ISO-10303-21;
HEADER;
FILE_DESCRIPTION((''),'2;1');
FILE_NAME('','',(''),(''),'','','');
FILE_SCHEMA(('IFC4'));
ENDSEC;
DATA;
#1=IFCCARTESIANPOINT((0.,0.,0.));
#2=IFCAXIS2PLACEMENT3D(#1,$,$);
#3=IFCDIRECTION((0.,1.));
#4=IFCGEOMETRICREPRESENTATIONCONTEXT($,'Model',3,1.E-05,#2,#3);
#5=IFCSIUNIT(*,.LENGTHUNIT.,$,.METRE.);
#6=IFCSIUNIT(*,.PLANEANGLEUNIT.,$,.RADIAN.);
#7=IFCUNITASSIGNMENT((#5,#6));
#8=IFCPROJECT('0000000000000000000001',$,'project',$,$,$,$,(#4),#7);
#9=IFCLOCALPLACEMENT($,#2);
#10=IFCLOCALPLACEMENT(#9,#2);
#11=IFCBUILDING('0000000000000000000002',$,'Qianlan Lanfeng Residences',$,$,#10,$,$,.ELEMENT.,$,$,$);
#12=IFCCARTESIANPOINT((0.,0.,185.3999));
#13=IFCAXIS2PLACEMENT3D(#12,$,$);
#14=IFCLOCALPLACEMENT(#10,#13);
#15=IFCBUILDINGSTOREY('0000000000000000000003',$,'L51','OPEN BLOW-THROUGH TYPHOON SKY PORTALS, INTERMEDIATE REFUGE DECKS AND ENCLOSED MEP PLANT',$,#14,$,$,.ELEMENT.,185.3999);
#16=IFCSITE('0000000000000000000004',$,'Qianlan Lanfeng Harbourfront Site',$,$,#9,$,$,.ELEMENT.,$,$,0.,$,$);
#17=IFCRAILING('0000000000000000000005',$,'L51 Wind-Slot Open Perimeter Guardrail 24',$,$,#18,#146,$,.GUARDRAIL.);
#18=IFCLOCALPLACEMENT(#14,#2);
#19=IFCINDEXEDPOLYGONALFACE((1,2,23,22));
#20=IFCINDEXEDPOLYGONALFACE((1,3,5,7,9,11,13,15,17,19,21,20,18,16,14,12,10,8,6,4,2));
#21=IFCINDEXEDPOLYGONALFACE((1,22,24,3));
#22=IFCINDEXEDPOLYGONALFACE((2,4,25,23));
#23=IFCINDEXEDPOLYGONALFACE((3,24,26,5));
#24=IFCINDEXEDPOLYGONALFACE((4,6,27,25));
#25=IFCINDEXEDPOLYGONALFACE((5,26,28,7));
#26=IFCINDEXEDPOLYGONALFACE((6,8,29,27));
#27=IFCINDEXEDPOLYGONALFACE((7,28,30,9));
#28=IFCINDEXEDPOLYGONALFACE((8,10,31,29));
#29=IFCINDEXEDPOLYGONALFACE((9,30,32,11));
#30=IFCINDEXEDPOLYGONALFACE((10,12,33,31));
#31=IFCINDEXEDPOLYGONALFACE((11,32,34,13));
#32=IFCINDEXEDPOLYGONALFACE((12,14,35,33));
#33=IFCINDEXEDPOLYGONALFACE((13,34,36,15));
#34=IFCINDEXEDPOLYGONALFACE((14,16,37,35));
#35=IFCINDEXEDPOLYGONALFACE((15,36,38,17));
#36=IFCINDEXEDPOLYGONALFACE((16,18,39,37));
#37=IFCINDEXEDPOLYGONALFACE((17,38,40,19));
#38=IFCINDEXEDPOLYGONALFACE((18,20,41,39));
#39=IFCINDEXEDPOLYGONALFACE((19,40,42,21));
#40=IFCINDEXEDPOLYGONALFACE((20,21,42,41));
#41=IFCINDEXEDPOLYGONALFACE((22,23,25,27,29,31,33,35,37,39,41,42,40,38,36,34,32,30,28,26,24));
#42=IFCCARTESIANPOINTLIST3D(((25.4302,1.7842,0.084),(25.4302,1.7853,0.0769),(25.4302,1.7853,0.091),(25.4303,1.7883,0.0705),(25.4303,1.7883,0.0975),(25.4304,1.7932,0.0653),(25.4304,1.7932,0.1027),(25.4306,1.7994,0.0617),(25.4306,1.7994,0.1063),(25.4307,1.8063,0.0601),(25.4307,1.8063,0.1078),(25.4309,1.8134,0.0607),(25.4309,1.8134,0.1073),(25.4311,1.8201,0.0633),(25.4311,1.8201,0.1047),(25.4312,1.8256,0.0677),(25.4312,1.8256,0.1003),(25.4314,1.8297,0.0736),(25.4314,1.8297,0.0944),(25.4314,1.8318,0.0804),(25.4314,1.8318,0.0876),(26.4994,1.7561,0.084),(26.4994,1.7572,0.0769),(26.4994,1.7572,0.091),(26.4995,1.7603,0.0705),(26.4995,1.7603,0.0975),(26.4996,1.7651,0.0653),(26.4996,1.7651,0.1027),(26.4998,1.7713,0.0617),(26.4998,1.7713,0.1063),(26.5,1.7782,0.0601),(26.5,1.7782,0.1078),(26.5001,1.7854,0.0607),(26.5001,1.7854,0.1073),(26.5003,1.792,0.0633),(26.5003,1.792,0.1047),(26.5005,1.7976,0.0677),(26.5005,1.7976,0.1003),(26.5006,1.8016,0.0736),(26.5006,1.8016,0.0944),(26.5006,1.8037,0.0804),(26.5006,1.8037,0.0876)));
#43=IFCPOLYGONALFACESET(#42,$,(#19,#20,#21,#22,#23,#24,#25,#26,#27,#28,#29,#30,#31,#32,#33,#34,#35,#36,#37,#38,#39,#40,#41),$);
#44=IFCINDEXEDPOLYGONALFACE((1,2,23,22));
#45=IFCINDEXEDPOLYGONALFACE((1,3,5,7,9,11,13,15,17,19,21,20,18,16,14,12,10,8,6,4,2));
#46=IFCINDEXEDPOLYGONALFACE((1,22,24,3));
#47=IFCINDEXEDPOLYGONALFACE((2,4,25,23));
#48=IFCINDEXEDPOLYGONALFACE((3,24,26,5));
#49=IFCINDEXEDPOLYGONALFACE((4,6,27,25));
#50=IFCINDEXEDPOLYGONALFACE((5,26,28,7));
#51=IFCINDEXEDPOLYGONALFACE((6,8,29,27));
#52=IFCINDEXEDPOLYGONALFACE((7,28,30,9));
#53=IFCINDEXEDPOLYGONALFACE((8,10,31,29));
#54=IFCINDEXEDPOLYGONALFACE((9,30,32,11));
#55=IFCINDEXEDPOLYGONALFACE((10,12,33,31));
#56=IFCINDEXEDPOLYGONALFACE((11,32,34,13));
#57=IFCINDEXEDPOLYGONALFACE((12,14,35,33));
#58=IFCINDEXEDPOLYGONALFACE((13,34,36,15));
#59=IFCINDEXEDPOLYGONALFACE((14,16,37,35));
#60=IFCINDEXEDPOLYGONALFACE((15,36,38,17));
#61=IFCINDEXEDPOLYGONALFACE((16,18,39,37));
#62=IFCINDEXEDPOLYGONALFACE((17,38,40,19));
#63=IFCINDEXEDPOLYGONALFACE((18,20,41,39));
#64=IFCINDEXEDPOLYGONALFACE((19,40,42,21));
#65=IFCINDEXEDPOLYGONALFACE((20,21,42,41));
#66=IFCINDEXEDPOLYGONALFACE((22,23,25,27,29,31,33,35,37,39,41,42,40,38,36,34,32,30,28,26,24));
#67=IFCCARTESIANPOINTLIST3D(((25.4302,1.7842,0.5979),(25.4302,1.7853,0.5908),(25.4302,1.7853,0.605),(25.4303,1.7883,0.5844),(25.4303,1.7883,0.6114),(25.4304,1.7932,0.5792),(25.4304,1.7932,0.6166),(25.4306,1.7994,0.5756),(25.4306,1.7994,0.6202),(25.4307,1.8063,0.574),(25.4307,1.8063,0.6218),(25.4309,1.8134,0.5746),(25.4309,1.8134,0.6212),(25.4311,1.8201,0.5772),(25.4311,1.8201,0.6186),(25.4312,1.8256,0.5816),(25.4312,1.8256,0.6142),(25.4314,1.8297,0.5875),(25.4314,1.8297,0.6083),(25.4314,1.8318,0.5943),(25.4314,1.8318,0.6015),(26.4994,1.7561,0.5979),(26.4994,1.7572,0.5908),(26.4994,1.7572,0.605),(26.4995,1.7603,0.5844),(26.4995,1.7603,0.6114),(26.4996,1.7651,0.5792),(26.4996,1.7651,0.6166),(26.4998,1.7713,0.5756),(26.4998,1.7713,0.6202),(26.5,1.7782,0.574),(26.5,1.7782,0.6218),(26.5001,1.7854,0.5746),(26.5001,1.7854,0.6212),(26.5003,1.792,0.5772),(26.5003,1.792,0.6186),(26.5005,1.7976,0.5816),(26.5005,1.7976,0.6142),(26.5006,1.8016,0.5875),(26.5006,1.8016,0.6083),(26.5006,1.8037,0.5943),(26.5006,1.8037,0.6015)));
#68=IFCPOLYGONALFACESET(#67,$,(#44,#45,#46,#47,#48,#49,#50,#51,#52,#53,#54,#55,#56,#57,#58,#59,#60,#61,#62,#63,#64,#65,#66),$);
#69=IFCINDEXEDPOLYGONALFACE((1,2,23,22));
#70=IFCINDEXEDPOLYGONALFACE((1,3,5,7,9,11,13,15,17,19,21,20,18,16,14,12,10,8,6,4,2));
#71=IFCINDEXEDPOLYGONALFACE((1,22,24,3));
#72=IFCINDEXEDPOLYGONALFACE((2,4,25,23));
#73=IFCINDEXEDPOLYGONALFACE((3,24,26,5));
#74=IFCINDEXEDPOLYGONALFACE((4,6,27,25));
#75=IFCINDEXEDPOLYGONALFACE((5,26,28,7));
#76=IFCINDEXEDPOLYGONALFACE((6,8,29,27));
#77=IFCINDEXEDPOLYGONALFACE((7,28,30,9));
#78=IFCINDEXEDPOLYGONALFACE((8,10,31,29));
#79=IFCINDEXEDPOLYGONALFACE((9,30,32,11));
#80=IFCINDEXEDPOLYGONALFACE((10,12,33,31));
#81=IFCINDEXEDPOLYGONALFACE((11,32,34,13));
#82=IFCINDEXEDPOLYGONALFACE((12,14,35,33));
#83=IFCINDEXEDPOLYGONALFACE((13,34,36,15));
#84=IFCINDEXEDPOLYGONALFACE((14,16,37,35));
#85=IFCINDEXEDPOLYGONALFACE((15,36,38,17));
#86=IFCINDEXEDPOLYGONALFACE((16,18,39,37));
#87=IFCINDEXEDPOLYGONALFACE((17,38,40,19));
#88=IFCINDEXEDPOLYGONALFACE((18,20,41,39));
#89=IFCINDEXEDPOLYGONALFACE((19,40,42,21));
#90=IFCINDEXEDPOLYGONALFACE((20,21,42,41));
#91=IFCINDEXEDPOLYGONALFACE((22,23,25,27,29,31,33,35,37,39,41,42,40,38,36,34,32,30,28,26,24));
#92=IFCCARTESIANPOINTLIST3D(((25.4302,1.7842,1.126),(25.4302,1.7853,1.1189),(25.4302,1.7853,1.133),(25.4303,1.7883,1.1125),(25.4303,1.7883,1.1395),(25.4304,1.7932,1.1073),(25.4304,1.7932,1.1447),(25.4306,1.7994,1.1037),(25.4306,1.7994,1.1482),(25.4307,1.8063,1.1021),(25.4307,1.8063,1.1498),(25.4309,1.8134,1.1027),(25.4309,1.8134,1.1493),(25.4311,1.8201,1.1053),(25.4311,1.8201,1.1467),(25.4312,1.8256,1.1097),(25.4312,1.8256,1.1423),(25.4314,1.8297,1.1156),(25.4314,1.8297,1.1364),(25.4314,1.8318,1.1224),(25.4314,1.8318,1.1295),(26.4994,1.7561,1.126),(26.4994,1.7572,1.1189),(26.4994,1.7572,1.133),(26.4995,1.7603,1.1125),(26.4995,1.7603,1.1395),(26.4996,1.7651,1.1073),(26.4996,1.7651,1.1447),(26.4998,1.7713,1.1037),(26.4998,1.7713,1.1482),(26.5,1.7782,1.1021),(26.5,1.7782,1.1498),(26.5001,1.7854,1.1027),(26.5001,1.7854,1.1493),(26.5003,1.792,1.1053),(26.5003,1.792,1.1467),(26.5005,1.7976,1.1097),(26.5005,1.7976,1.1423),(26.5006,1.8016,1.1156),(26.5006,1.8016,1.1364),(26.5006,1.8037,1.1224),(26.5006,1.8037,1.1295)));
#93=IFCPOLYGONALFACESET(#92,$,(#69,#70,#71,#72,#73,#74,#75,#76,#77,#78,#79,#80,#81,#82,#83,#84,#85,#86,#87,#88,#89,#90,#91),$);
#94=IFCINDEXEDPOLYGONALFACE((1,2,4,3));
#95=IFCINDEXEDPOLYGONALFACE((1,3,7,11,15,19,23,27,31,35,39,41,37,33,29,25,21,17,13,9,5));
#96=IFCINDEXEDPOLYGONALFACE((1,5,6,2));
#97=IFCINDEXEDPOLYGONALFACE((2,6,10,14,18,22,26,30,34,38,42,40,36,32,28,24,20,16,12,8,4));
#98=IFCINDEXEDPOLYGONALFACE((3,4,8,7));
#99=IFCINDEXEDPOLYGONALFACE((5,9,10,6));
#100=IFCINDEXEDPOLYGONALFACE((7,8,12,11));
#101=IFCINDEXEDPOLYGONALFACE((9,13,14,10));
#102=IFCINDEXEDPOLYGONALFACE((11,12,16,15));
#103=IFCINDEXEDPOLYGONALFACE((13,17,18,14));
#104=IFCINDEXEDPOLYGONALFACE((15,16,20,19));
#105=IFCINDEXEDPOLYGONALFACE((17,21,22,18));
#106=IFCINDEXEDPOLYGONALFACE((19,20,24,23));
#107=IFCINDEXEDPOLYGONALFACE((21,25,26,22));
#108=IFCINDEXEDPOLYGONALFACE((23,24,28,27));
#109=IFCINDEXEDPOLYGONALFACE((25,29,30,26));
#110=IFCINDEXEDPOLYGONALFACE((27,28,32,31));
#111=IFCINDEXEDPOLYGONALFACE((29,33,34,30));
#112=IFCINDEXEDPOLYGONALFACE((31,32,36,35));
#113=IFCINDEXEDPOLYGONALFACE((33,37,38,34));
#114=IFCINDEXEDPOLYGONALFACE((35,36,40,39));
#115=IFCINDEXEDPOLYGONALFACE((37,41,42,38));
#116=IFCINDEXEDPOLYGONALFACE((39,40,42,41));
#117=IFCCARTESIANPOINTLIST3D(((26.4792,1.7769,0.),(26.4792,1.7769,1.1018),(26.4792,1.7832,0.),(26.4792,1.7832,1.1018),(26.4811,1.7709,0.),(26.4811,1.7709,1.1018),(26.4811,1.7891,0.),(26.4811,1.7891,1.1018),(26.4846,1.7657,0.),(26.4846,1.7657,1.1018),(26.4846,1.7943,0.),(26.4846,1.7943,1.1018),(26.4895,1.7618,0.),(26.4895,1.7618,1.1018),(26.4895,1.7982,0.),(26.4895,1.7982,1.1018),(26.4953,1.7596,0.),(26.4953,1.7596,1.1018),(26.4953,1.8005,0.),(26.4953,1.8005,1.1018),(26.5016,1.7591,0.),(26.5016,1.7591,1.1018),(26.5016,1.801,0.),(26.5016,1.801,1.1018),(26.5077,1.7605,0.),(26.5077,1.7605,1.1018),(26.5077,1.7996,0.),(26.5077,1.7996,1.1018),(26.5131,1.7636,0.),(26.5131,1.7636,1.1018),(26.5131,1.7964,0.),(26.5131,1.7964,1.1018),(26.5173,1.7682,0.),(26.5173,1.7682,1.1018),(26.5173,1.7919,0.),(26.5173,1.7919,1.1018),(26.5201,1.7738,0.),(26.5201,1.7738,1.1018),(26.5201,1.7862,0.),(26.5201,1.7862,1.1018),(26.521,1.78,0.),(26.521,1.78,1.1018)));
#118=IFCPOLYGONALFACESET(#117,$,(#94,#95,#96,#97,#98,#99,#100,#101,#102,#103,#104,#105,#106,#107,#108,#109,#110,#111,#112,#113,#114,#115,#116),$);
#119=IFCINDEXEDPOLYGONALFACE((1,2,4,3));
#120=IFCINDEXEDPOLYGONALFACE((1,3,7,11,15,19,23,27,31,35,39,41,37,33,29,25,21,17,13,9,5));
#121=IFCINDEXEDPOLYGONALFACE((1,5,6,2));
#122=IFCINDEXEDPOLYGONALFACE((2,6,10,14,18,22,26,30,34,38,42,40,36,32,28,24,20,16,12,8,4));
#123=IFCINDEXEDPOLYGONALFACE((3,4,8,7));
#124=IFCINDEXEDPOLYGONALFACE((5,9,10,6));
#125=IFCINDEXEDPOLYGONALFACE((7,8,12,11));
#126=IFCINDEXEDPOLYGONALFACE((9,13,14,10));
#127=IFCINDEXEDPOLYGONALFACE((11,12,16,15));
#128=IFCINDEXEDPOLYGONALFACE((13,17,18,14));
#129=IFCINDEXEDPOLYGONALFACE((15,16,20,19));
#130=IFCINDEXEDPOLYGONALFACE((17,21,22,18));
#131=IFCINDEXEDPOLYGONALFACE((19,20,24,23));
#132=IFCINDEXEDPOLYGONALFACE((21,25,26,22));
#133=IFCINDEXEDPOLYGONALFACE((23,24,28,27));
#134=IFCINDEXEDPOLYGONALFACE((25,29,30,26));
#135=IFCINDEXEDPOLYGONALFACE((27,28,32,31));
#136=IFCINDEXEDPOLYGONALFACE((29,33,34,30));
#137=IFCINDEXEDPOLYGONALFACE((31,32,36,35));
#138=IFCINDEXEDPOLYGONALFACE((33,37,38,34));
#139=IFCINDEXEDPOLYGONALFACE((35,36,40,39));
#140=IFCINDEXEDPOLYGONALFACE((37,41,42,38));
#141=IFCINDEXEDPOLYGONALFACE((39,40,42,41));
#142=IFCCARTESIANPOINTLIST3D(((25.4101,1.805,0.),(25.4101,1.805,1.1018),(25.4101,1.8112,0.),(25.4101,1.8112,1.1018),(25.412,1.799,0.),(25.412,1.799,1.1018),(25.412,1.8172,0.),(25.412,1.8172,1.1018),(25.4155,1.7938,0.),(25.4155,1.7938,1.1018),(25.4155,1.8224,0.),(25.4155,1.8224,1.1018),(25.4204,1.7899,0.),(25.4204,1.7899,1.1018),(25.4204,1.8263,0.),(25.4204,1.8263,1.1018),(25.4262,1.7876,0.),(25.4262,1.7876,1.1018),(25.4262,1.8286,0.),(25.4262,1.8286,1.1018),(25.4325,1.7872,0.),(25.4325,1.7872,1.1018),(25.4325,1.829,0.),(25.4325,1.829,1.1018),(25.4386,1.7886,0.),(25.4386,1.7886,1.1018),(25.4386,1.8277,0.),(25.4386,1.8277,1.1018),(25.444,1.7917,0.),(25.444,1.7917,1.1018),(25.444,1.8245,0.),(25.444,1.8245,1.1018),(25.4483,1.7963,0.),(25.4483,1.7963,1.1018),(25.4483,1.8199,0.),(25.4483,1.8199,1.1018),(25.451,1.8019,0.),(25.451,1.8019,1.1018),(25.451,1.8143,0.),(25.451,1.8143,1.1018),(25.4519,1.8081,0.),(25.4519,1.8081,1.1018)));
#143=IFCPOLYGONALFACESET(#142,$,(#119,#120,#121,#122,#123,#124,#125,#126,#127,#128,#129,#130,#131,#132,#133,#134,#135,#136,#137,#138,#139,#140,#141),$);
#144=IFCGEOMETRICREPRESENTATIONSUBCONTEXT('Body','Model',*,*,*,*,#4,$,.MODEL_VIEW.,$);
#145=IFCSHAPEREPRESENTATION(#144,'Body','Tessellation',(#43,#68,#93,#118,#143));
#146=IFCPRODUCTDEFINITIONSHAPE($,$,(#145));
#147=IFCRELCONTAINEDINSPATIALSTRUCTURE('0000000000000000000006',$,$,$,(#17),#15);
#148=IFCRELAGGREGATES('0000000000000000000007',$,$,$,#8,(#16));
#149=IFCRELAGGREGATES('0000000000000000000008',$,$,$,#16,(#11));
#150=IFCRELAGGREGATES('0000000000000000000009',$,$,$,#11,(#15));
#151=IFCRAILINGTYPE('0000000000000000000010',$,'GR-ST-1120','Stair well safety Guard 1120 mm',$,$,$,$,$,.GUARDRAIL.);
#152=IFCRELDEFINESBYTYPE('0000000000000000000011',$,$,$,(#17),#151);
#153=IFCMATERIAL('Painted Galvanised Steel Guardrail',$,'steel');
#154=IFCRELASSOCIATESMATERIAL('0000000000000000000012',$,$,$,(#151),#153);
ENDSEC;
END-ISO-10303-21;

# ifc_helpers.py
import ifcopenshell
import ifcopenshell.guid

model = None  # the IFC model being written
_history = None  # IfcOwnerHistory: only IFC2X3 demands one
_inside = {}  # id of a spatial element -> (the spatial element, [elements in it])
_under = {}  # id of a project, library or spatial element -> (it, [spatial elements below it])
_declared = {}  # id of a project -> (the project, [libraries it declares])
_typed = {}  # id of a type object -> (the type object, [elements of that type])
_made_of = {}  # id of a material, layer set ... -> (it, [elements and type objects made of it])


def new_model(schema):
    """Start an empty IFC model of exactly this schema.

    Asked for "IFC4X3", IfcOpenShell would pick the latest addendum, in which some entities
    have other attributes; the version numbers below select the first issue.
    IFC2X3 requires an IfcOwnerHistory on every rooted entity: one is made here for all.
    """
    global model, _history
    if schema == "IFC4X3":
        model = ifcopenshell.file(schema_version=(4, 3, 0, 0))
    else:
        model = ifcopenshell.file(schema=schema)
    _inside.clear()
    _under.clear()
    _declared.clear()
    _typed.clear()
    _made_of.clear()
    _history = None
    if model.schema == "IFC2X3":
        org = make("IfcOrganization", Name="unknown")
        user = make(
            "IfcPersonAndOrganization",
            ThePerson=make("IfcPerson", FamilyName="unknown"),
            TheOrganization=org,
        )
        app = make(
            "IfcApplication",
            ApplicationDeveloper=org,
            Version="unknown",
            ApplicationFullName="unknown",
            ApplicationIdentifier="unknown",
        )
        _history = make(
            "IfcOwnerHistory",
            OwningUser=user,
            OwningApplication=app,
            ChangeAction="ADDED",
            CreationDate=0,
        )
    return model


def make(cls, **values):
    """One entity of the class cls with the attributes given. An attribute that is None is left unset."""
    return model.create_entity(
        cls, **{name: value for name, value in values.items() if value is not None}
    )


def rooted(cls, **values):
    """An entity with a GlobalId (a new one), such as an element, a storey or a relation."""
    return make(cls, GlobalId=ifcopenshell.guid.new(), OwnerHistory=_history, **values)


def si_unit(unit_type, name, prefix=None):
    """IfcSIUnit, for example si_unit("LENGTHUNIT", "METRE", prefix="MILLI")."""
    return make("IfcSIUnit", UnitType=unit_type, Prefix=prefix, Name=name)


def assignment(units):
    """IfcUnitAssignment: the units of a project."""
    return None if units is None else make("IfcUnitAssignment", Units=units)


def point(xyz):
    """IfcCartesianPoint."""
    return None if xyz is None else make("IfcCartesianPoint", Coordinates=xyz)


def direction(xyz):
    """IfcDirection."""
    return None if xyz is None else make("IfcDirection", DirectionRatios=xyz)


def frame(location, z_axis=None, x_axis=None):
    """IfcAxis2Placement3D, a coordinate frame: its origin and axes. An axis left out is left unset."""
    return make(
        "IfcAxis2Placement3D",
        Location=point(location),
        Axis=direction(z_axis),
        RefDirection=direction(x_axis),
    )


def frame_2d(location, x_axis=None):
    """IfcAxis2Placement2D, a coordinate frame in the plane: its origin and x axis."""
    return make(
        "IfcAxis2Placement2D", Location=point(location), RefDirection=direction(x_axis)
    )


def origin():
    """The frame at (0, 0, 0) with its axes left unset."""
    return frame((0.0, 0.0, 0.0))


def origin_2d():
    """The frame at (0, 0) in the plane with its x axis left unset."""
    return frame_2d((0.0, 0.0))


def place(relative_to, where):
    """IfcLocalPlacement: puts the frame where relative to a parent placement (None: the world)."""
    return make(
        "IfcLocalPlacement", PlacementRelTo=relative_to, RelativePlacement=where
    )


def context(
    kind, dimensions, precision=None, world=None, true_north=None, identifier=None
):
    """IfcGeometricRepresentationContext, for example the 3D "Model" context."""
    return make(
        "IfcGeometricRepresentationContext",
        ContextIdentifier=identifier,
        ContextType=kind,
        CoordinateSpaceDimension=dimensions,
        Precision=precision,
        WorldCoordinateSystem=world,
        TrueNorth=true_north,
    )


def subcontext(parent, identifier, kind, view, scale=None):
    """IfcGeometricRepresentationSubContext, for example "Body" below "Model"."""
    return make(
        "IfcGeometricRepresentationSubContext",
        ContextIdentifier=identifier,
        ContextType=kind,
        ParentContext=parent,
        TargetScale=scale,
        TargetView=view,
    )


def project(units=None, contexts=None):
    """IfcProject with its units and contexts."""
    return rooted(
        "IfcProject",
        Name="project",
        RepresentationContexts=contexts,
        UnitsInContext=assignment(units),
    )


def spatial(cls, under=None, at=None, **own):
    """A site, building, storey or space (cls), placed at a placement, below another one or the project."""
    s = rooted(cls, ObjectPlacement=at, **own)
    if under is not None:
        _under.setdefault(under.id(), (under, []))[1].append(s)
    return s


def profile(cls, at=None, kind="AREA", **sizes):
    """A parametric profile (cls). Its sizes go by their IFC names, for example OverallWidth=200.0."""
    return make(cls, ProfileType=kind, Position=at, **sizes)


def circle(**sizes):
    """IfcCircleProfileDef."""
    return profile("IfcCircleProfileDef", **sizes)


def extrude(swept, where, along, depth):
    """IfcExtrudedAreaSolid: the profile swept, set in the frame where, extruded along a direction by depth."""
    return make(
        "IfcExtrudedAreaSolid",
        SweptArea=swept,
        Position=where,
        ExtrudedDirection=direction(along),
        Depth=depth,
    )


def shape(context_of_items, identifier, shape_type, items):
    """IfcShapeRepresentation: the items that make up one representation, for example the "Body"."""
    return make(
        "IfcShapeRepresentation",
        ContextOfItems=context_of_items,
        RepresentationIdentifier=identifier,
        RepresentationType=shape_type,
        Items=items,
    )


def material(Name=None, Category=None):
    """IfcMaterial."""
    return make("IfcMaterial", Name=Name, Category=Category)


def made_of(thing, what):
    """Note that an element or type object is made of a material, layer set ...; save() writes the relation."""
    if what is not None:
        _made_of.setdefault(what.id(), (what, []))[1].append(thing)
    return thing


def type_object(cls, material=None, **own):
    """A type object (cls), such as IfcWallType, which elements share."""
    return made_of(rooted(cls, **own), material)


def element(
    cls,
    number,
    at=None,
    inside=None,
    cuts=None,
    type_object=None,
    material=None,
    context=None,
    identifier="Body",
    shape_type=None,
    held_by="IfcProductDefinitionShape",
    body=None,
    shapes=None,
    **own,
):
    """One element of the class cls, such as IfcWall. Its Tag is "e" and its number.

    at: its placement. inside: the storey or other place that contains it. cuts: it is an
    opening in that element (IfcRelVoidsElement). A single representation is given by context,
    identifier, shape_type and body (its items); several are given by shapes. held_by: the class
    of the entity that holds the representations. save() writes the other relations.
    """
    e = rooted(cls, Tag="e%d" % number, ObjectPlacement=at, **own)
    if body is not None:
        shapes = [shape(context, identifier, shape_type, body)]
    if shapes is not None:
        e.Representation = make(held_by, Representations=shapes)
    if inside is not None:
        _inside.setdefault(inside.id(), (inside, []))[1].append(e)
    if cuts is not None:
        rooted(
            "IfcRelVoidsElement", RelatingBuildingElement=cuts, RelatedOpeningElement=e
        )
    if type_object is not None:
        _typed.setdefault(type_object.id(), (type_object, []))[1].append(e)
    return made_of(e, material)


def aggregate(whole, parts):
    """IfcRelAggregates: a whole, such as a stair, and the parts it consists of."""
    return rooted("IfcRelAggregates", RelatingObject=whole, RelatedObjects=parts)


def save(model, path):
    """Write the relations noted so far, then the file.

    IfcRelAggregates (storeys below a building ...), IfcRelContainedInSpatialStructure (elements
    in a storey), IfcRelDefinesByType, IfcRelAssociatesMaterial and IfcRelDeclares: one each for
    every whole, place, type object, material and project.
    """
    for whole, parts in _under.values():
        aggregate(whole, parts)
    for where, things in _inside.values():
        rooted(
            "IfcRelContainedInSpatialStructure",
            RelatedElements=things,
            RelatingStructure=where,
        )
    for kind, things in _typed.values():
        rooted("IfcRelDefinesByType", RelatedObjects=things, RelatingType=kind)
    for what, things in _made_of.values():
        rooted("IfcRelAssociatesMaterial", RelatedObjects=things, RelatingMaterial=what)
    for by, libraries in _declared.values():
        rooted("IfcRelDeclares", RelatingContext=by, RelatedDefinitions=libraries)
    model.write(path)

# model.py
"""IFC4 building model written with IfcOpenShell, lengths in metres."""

from ifc_helpers import new_model, si_unit, direction, frame, origin, origin_2d, place, context, subcontext, project, spatial, circle, extrude, material, type_object, element, save


model = new_model("IFC4")

# Units and contexts
model_context = context("Model", 3, precision=1e-05, world=origin(), true_north=direction((0.0, 1.0)))
body_context = subcontext(model_context, "Body", "Model", "MODEL_VIEW")
ifc_project = project(units=[si_unit("LENGTHUNIT", "METRE"), si_unit("PLANEANGLEUNIT", "RADIAN")], contexts=[model_context])

# Site, building, storey
site_placement = place(None, origin())
site = spatial("IfcSite", under=ifc_project, at=site_placement, Name="Qianlan Lanfeng Harbourfront Site", CompositionType="ELEMENT", RefElevation=0.0)
building_placement = place(site_placement, origin())
building = spatial("IfcBuilding", under=site, at=building_placement, Name="Qianlan Lanfeng Residences", CompositionType="ELEMENT")
storey_placement = place(building_placement, frame((0.0, 0.0, 185.3999)))
storey = spatial("IfcBuildingStorey", under=building, at=storey_placement, Name="L51", Description="OPEN BLOW-THROUGH TYPHOON SKY PORTALS, INTERMEDIATE REFUGE DECKS AND ENCLOSED MEP PLANT", CompositionType="ELEMENT", Elevation=185.3999)

# Railing
ifc_material_1 = material(Name="Painted Galvanised Steel Guardrail", Category="steel")
railing_type = type_object("IfcRailingType", Name="GR-ST-1120", Description="Stair well safety Guard 1120 mm", PredefinedType="GUARDRAIL", material=ifc_material_1)
railing_1_placement = place(storey_placement, frame((26.5, 1.78, 0.0)))
element("IfcRailing", 1, at=railing_1_placement, inside=storey, type_object=railing_type, Name="L51 Wind-Slot Open Perimeter Guardrail 24", PredefinedType="GUARDRAIL", context=body_context, shape_type="SweptSolid", body=[
    extrude(circle(Radius=0.0239, at=origin_2d()), frame((0.0, 0.0, 0.084), z_axis=(-0.999655, 0.026253, 0.0), x_axis=(-0.026253, -0.999655, 0.0)), (0.0, 0.0, 1.0), 1.0696),
    extrude(circle(Radius=0.0239, at=origin_2d()), frame((0.0, 0.0, 0.5979), z_axis=(-0.999655, 0.026253, 0.0), x_axis=(-0.026253, -0.999655, 0.0)), (0.0, 0.0, 1.0), 1.0696),
    extrude(circle(Radius=0.0239, at=origin_2d()), frame((0.0, 0.0, 1.126), z_axis=(-0.999655, 0.026253, 0.0), x_axis=(-0.026253, -0.999655, 0.0)), (0.0, 0.0, 1.0), 1.0696),
    extrude(circle(Radius=0.021, at=origin_2d()), origin(), (0.0, 0.0, 1.0), 1.1018),
    extrude(circle(Radius=0.021, at=origin_2d()), frame((-1.0691, 0.0281, 0.0)), (0.0, 0.0, 1.0), 1.1018),
])

save(model, "model.ifc")
